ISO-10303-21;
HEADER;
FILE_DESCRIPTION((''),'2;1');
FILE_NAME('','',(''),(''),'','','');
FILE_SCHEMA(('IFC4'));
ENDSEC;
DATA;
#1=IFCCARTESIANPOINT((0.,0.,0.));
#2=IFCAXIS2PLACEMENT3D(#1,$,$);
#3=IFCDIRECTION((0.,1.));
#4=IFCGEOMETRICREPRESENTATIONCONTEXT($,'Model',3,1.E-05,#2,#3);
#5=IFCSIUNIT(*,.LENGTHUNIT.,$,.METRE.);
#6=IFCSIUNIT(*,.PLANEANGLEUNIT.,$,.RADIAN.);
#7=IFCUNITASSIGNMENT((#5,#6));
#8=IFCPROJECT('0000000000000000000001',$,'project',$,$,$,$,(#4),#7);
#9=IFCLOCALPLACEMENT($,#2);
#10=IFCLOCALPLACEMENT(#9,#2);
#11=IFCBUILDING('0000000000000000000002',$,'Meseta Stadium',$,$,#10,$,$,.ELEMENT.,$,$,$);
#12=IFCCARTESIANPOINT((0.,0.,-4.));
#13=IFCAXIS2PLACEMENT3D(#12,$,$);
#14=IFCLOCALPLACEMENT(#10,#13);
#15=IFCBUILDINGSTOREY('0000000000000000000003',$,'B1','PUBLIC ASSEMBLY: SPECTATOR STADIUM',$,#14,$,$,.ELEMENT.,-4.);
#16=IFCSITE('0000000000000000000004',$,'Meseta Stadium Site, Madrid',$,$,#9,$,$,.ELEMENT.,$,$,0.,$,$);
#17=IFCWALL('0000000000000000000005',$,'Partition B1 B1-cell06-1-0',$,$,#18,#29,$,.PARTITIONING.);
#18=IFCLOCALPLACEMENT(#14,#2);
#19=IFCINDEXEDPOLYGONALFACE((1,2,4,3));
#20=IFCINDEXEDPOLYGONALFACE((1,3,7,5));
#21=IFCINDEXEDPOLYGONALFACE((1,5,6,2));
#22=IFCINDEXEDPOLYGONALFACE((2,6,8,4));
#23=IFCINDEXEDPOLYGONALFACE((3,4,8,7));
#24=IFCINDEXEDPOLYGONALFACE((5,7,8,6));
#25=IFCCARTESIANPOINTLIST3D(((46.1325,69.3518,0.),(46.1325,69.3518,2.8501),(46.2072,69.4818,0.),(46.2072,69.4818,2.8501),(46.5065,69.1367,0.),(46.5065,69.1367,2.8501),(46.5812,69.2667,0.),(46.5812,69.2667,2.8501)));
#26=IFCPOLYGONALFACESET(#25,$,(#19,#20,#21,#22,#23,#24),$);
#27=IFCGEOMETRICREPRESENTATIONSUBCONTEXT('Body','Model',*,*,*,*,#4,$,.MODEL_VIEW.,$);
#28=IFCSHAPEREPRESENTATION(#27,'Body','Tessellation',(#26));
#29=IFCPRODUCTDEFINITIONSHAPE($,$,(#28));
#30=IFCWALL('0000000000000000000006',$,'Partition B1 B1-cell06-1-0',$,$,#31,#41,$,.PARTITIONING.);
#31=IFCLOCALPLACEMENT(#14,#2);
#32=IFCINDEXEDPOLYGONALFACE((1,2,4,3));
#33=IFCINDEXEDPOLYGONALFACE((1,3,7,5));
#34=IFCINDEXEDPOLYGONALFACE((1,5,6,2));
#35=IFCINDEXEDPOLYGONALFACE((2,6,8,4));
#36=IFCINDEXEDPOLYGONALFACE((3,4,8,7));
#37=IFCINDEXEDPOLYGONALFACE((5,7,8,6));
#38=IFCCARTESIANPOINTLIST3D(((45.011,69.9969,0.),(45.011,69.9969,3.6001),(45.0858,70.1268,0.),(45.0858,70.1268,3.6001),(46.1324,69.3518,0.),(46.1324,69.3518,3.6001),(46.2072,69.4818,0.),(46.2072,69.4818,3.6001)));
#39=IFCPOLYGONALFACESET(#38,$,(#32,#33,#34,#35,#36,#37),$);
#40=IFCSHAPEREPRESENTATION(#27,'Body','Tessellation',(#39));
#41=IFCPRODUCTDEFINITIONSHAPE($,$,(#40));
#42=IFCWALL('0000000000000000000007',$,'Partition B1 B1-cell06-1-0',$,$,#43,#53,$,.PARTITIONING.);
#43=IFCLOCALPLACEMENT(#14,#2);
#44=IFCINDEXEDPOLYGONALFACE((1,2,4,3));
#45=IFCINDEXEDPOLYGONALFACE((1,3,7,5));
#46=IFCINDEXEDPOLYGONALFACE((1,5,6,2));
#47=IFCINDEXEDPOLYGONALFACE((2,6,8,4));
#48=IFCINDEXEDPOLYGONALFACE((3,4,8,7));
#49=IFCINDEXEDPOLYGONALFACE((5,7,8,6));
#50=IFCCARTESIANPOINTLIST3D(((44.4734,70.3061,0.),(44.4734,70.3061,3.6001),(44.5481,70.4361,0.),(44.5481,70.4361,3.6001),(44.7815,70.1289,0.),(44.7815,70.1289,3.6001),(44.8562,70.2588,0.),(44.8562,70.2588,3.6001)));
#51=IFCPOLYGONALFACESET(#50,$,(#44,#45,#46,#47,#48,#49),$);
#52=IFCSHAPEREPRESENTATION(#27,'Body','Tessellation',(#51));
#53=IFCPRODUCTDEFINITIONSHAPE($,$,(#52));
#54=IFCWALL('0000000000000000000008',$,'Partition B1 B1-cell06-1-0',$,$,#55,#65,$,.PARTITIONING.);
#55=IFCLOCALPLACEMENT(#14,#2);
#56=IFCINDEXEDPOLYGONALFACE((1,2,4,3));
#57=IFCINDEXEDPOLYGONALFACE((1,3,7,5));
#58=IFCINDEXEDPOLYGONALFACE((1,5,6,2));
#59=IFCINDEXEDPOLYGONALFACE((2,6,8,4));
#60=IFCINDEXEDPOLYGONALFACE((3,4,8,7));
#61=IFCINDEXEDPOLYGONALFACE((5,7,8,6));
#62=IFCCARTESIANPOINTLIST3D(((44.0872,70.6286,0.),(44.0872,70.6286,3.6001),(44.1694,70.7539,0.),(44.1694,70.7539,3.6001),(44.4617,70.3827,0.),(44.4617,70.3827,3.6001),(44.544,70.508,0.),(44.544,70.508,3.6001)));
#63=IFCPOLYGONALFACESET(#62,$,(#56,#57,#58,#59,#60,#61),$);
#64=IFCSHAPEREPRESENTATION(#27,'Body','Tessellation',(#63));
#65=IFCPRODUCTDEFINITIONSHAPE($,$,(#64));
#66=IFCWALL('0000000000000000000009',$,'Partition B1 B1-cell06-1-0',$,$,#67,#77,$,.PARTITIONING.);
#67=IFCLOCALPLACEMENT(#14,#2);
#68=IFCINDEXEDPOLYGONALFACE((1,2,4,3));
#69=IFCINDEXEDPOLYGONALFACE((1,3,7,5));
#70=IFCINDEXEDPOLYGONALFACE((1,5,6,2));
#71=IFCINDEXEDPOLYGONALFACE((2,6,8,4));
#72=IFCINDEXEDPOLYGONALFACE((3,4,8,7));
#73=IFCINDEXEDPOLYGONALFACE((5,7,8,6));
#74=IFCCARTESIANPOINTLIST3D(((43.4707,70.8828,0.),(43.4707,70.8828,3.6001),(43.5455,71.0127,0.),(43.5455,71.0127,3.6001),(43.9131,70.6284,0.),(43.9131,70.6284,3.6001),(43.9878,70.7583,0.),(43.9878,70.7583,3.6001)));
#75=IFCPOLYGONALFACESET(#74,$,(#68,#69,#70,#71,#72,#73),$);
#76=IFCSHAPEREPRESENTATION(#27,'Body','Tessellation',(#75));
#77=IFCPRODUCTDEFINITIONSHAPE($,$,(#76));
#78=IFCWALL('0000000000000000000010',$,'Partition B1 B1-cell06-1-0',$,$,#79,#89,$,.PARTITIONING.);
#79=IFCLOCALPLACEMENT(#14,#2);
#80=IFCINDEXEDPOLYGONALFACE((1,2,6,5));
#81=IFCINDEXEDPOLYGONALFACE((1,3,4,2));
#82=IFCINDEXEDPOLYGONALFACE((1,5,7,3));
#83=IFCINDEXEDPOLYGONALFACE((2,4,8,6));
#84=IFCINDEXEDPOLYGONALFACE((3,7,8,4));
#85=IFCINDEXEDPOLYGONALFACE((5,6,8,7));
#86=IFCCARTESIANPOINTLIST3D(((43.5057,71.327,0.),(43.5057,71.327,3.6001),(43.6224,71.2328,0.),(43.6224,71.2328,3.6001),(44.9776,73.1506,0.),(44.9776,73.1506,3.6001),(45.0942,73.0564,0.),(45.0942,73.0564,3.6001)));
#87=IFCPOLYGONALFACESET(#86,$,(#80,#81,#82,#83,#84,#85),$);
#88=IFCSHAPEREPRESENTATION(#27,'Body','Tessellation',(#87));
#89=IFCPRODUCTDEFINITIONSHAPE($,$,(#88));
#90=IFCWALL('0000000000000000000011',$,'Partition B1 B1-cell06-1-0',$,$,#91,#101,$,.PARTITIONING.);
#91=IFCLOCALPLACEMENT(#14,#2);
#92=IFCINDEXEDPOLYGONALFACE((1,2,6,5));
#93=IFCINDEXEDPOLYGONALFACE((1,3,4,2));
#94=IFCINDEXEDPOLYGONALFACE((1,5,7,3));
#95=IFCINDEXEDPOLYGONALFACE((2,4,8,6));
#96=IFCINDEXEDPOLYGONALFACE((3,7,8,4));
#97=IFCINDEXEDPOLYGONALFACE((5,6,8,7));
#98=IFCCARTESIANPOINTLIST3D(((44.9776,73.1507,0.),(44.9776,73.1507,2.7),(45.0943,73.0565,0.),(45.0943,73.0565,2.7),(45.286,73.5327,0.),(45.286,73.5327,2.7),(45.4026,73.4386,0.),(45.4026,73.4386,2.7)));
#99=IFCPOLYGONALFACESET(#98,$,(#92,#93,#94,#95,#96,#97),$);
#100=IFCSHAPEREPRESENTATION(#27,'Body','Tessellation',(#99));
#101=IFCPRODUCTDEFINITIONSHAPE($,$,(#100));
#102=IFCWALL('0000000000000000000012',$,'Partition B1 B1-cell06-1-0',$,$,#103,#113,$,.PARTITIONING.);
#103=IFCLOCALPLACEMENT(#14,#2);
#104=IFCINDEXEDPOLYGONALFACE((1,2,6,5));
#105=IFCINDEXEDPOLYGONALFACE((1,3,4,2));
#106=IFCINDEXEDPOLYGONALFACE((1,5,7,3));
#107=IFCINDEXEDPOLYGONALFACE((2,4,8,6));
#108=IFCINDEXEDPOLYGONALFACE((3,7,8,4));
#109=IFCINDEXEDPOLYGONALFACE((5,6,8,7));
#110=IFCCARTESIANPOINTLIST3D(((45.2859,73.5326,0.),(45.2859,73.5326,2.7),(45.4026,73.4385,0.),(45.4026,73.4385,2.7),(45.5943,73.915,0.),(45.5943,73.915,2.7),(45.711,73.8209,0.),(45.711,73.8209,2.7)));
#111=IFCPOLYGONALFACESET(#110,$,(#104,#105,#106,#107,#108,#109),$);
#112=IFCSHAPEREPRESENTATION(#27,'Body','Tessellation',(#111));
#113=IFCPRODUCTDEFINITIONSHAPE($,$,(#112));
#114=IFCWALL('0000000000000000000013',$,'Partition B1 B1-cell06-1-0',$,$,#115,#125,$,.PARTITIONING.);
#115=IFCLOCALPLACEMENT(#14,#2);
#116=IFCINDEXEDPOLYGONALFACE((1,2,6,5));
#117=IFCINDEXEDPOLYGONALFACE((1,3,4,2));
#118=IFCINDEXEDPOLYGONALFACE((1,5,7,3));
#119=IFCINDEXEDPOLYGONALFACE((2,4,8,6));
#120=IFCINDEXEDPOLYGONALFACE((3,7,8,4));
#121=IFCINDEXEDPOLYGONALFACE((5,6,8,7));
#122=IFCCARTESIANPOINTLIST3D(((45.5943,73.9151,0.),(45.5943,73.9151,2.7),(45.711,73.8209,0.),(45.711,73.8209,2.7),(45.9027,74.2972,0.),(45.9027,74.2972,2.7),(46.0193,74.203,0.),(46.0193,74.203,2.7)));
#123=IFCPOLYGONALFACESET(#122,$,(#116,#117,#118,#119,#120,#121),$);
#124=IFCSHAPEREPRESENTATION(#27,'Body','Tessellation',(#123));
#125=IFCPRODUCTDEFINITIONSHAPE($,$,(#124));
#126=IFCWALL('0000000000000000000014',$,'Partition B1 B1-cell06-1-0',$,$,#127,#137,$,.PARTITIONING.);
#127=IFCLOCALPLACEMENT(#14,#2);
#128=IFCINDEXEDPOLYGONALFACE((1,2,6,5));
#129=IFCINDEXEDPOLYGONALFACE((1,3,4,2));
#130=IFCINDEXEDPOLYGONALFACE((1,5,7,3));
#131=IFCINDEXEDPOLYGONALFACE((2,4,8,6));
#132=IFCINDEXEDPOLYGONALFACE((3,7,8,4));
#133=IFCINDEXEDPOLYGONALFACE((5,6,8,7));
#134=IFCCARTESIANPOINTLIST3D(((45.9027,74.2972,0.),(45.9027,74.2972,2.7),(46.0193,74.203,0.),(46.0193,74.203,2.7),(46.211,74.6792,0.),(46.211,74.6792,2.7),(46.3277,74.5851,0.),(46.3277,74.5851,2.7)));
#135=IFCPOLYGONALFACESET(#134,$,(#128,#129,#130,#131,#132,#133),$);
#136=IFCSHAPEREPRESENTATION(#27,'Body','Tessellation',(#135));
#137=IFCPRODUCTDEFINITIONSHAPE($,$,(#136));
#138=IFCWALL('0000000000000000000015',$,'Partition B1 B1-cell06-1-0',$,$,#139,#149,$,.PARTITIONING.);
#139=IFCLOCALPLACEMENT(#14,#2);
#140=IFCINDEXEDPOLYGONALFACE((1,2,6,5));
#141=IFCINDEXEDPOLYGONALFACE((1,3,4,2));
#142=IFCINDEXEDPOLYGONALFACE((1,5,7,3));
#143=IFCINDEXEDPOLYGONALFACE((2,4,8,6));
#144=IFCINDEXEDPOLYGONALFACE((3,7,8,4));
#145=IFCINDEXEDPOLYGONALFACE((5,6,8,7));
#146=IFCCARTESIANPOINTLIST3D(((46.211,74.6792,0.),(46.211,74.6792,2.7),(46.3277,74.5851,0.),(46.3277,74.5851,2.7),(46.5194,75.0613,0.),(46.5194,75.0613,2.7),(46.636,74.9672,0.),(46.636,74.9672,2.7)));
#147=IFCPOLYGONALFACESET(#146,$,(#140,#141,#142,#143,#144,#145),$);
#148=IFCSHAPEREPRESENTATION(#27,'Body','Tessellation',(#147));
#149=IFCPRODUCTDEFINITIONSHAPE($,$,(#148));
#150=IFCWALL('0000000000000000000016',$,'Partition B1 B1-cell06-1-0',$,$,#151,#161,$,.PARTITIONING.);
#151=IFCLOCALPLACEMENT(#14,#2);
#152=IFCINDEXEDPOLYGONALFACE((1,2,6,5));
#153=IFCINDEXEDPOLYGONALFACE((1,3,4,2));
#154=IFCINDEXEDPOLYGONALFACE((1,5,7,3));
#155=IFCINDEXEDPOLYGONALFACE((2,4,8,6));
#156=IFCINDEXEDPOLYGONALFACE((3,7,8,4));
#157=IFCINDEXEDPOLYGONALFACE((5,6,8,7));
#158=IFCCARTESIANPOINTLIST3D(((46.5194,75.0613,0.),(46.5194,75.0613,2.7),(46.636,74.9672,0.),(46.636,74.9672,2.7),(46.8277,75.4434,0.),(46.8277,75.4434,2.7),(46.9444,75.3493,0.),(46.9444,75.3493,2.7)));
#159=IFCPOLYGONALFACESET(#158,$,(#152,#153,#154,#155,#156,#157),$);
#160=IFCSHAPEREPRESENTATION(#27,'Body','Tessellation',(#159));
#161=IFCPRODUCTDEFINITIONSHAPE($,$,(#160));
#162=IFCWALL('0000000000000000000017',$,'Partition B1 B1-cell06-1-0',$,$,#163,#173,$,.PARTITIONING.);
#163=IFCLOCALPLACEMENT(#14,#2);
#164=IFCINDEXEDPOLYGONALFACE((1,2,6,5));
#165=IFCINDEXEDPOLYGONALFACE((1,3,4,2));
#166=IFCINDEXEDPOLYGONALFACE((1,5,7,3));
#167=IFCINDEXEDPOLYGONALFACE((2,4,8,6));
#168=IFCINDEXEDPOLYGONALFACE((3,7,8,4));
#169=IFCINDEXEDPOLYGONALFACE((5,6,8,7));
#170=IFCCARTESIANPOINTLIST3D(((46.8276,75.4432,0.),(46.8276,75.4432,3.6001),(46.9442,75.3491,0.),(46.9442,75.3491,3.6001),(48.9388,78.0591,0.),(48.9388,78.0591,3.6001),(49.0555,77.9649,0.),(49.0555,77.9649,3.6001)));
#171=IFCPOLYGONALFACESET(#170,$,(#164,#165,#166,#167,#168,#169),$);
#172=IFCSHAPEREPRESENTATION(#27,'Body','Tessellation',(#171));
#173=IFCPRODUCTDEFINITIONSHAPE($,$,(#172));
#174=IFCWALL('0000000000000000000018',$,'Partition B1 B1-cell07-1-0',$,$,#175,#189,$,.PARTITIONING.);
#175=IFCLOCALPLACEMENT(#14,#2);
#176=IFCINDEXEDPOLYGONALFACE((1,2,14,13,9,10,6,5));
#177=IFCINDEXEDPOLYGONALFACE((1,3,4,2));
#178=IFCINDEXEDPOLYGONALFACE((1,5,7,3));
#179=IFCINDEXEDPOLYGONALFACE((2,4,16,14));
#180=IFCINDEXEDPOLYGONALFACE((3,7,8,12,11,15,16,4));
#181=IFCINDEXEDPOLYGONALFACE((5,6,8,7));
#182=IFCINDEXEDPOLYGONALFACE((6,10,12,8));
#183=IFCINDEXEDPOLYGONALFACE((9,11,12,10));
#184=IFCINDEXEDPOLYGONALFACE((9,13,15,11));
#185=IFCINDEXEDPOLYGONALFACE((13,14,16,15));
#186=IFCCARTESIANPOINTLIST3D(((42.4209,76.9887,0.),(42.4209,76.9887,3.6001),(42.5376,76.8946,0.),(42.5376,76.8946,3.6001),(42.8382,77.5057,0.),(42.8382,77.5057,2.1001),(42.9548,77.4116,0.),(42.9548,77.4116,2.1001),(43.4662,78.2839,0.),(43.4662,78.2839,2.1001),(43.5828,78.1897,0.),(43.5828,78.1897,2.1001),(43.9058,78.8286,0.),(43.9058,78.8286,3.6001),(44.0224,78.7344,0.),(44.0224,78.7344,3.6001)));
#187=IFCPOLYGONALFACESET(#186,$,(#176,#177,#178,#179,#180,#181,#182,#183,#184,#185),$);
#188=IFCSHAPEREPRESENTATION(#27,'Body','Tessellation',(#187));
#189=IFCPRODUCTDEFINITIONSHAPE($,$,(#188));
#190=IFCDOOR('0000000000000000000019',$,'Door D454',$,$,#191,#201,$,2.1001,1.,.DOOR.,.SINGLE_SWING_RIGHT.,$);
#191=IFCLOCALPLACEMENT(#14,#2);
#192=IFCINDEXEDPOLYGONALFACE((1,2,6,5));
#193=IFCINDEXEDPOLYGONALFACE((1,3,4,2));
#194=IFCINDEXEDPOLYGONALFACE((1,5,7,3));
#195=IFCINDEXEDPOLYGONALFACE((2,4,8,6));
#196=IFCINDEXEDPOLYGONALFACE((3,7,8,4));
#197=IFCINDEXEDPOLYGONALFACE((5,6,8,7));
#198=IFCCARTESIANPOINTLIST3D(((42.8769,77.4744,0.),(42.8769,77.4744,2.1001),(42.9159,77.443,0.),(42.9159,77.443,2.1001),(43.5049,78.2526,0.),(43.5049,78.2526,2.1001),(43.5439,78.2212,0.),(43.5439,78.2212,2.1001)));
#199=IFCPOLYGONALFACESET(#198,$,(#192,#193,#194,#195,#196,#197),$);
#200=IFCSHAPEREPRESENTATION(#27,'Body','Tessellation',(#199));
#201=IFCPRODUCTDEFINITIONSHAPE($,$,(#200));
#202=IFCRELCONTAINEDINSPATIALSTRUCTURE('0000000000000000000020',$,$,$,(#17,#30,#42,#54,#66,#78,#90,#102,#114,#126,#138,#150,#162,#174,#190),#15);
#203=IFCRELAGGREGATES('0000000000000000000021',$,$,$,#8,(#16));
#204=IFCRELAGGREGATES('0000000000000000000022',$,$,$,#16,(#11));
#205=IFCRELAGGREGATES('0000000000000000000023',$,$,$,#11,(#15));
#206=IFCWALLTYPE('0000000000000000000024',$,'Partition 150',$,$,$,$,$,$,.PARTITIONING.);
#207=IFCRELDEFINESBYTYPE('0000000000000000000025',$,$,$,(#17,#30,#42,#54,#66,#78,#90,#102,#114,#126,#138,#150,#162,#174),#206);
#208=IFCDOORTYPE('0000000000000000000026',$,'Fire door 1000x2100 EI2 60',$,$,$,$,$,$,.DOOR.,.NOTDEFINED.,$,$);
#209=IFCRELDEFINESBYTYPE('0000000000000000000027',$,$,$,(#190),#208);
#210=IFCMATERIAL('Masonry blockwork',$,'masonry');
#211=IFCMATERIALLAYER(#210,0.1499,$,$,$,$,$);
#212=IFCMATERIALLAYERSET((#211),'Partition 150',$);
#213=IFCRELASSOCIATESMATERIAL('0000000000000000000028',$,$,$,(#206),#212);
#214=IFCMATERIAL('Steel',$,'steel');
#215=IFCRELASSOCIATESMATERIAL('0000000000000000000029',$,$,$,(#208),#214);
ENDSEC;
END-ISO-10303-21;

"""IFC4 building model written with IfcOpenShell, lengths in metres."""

from ifc_helpers import new_model, si_unit, direction, frame, frame_2d, origin, place, context, subcontext, project, spatial, rectangle, extrude, material, layer, layer_set, type_object, element, fill, save


model = new_model("IFC4")

# Units and contexts
model_context = context("Model", 3, precision=1e-05, world=origin(), true_north=direction((0.0, 1.0)))
body_context = subcontext(model_context, "Body", "Model", "MODEL_VIEW")
ifc_project = project(units=[si_unit("LENGTHUNIT", "METRE"), si_unit("PLANEANGLEUNIT", "RADIAN")], contexts=[model_context])

# Site, building, storey
site_placement = place(None, origin())
site = spatial("IfcSite", under=ifc_project, at=site_placement, Name="Meseta Stadium Site, Madrid", CompositionType="ELEMENT", RefElevation=0.0)
building_placement = place(site_placement, origin())
building = spatial("IfcBuilding", under=site, at=building_placement, Name="Meseta Stadium", CompositionType="ELEMENT")
storey_placement = place(building_placement, frame((0.0, 0.0, -4.0)))
storey = spatial("IfcBuildingStorey", under=building, at=storey_placement, Name="B1", Description="PUBLIC ASSEMBLY: SPECTATOR STADIUM", CompositionType="ELEMENT", Elevation=-4.0)

# Walls
ifc_material_1 = material(Name="Masonry blockwork", Category="masonry")
ifc_layer = layer(ifc_material_1, 0.1499)
ifc_layer_set = layer_set([ifc_layer], Name="Partition 150")
wall_type = type_object("IfcWallType", Name="Partition 150", PredefinedType="PARTITIONING", material=ifc_layer_set)
wall_1_placement = place(storey_placement, frame((46.5439, 69.2017, 0.0), z_axis=(0.0, 0.0, 1.0), x_axis=(-0.866882, 0.498514, 0.0)))
element("IfcWall", 1, at=wall_1_placement, inside=storey, type_object=wall_type, Name="Partition B1 B1-cell06-1-0", PredefinedType="PARTITIONING", context=body_context, shape_type="SweptSolid", body=[
    extrude(rectangle(XDim=0.4314, YDim=0.1499, at=frame_2d((0.2158, 0.0))), origin(), (0.0, 0.0, 1.0), 2.8501),
])
wall_2_placement = place(storey_placement, frame((46.1699, 69.4167, 0.0), z_axis=(0.0, 0.0, 1.0), x_axis=(-0.866823, 0.498616, 0.0)))
element("IfcWall", 2, at=wall_2_placement, inside=storey, type_object=wall_type, Name="Partition B1 B1-cell06-1-0", PredefinedType="PARTITIONING", context=body_context, shape_type="SweptSolid", body=[
    extrude(rectangle(XDim=1.2937, YDim=0.1499, at=frame_2d((0.647, 0.0))), origin(), (0.0, 0.0, 1.0), 3.6001),
])
wall_3_placement = place(storey_placement, frame((44.8188, 70.1938, 0.0), z_axis=(0.0, 0.0, 1.0), x_axis=(-0.866802, 0.498652, 0.0)))
element("IfcWall", 3, at=wall_3_placement, inside=storey, type_object=wall_type, Name="Partition B1 B1-cell06-1-0", PredefinedType="PARTITIONING", context=body_context, shape_type="SweptSolid", body=[
    extrude(rectangle(XDim=0.3555, YDim=0.1499, at=frame_2d((0.1777, 0.0))), origin(), (0.0, 0.0, 1.0), 3.6001),
])
wall_4_placement = place(storey_placement, frame((44.5029, 70.4453, 0.0), z_axis=(0.0, 0.0, 1.0), x_axis=(-0.83597, 0.548775, 0.0)))
element("IfcWall", 4, at=wall_4_placement, inside=storey, type_object=wall_type, Name="Partition B1 B1-cell06-1-0", PredefinedType="PARTITIONING", context=body_context, shape_type="SweptSolid", body=[
    extrude(rectangle(XDim=0.448, YDim=0.1499, at=frame_2d((0.2241, 0.0))), origin(), (0.0, 0.0, 1.0), 3.6001),
])
wall_5_placement = place(storey_placement, frame((43.9504, 70.6934, 0.0), z_axis=(0.0, 0.0, 1.0), x_axis=(-0.866886, 0.498507, 0.0)))
element("IfcWall", 5, at=wall_5_placement, inside=storey, type_object=wall_type, Name="Partition B1 B1-cell06-1-0", PredefinedType="PARTITIONING", context=body_context, shape_type="SweptSolid", body=[
    extrude(rectangle(XDim=0.5103, YDim=0.1499, at=frame_2d((0.2551, 0.0))), origin(), (0.0, 0.0, 1.0), 3.6001),
])
wall_6_placement = place(storey_placement, frame((43.564, 71.2798, 0.0), z_axis=(0.0, 0.0, 1.0), x_axis=(0.628056, 0.778168, 0.0)))
element("IfcWall", 6, at=wall_6_placement, inside=storey, type_object=wall_type, Name="Partition B1 B1-cell06-1-0", PredefinedType="PARTITIONING", context=body_context, shape_type="SweptSolid", body=[
    extrude(rectangle(XDim=2.3435, YDim=0.1499, at=frame_2d((1.1719, 0.0))), origin(), (0.0, 0.0, 1.0), 3.6001),
])
wall_7_placement = place(storey_placement, frame((45.0359, 73.1035, 0.0), z_axis=(0.0, 0.0, 1.0), x_axis=(0.628025, 0.778194, 0.0)))
element("IfcWall", 7, at=wall_7_placement, inside=storey, type_object=wall_type, Name="Partition B1 B1-cell06-1-0", PredefinedType="PARTITIONING", context=body_context, shape_type="SweptSolid", body=[
    extrude(rectangle(XDim=0.491, YDim=0.1499, at=frame_2d((0.2456, 0.0))), origin(), (0.0, 0.0, 1.0), 2.7),
])
wall_8_placement = place(storey_placement, frame((45.3442, 73.4856, 0.0), z_axis=(0.0, 0.0, 1.0), x_axis=(0.627782, 0.77839, 0.0)))
element("IfcWall", 8, at=wall_8_placement, inside=storey, type_object=wall_type, Name="Partition B1 B1-cell06-1-0", PredefinedType="PARTITIONING", context=body_context, shape_type="SweptSolid", body=[
    extrude(rectangle(XDim=0.4912, YDim=0.1499, at=frame_2d((0.2456, 0.0))), origin(), (0.0, 0.0, 1.0), 2.7),
])
for number, where, z_axis, x_axis, name in (
    (9, (45.6526, 73.8679, 0.0), (0.0, 0.0, 1.0), (0.628025, 0.778194, 0.0), "Partition B1 B1-cell06-1-0"),
    (10, (45.9609, 74.25, 0.0), (0.0, 0.0, 1.0), (0.628025, 0.778194, 0.0), "Partition B1 B1-cell06-1-0"),
    (11, (46.2693, 74.6321, 0.0), (0.0, 0.0, 1.0), (0.628025, 0.778194, 0.0), "Partition B1 B1-cell06-1-0"),
    (12, (46.5776, 75.0142, 0.0), (0.0, 0.0, 1.0), (0.628025, 0.778194, 0.0), "Partition B1 B1-cell06-1-0"),
):
    element("IfcWall", number, at=place(storey_placement, frame(where, z_axis=z_axis, x_axis=x_axis)), inside=storey, type_object=wall_type, Name=name, PredefinedType="PARTITIONING", context=body_context, shape_type="SweptSolid", body=[
        extrude(rectangle(XDim=0.491, YDim=0.1499, at=frame_2d((0.2456, 0.0))), origin(), (0.0, 0.0, 1.0), 2.7),
    ])
wall_9_placement = place(storey_placement, frame((46.886, 75.3962, 0.0), z_axis=(0.0, 0.0, 1.0), x_axis=(0.628055, 0.778169, 0.0)))
element("IfcWall", 13, at=wall_9_placement, inside=storey, type_object=wall_type, Name="Partition B1 B1-cell06-1-0", PredefinedType="PARTITIONING", context=body_context, shape_type="SweptSolid", body=[
    extrude(rectangle(XDim=3.3616, YDim=0.1499, at=frame_2d((1.6807, 0.0))), origin(), (0.0, 0.0, 1.0), 3.6001),
])

# Wall, opening, door
wall_10_placement = place(storey_placement, frame((43.9641, 78.7815, 0.0), z_axis=(0.0, 0.0, 1.0), x_axis=(-0.628039, -0.778182, 0.0)))
wall_10 = element("IfcWall", 14, at=wall_10_placement, inside=storey, type_object=wall_type, Name="Partition B1 B1-cell07-1-0", PredefinedType="PARTITIONING", context=body_context, shape_type="SweptSolid", body=[
    extrude(rectangle(XDim=2.3643, YDim=0.1499, at=frame_2d((1.1821, 0.0))), origin(), (0.0, 0.0, 1.0), 3.6001),
])
opening_placement = place(wall_10_placement, frame((0.7, 0.0, 0.0)))
opening = element("IfcOpeningElement", 15, at=opening_placement, cuts=wall_10, PredefinedType="OPENING", context=body_context, shape_type="SweptSolid", body=[
    extrude(rectangle(XDim=1.0, YDim=2.1001, at=frame_2d((0.5, 1.05))), frame((0.0, 0.085, 0.0), z_axis=(0.0, -1.0, 0.0), x_axis=(1.0, 0.0, 0.0)), (0.0, 0.0, 1.0), 0.1699),
])
ifc_material_2 = material(Name="Steel", Category="steel")
door_type = type_object("IfcDoorType", Name="Fire door 1000x2100 EI2 60", OperationType="NOTDEFINED", PredefinedType="DOOR", material=ifc_material_2)
door_placement = place(opening_placement, origin())
door = element("IfcDoor", 16, at=door_placement, inside=storey, type_object=door_type, Name="Door D454", OperationType="SINGLE_SWING_RIGHT", OverallHeight=2.1001, OverallWidth=1.0, PredefinedType="DOOR", context=body_context, shape_type="SweptSolid", body=[
    extrude(rectangle(XDim=1.0, YDim=2.1001, at=frame_2d((0.5, 1.05))), frame((0.0, 0.0249, 0.0), z_axis=(0.0, -1.0, 0.0), x_axis=(1.0, 0.0, 0.0)), (0.0, 0.0, 1.0), 0.05),
])
fill(opening, door)

save(model, "model.ifc")
